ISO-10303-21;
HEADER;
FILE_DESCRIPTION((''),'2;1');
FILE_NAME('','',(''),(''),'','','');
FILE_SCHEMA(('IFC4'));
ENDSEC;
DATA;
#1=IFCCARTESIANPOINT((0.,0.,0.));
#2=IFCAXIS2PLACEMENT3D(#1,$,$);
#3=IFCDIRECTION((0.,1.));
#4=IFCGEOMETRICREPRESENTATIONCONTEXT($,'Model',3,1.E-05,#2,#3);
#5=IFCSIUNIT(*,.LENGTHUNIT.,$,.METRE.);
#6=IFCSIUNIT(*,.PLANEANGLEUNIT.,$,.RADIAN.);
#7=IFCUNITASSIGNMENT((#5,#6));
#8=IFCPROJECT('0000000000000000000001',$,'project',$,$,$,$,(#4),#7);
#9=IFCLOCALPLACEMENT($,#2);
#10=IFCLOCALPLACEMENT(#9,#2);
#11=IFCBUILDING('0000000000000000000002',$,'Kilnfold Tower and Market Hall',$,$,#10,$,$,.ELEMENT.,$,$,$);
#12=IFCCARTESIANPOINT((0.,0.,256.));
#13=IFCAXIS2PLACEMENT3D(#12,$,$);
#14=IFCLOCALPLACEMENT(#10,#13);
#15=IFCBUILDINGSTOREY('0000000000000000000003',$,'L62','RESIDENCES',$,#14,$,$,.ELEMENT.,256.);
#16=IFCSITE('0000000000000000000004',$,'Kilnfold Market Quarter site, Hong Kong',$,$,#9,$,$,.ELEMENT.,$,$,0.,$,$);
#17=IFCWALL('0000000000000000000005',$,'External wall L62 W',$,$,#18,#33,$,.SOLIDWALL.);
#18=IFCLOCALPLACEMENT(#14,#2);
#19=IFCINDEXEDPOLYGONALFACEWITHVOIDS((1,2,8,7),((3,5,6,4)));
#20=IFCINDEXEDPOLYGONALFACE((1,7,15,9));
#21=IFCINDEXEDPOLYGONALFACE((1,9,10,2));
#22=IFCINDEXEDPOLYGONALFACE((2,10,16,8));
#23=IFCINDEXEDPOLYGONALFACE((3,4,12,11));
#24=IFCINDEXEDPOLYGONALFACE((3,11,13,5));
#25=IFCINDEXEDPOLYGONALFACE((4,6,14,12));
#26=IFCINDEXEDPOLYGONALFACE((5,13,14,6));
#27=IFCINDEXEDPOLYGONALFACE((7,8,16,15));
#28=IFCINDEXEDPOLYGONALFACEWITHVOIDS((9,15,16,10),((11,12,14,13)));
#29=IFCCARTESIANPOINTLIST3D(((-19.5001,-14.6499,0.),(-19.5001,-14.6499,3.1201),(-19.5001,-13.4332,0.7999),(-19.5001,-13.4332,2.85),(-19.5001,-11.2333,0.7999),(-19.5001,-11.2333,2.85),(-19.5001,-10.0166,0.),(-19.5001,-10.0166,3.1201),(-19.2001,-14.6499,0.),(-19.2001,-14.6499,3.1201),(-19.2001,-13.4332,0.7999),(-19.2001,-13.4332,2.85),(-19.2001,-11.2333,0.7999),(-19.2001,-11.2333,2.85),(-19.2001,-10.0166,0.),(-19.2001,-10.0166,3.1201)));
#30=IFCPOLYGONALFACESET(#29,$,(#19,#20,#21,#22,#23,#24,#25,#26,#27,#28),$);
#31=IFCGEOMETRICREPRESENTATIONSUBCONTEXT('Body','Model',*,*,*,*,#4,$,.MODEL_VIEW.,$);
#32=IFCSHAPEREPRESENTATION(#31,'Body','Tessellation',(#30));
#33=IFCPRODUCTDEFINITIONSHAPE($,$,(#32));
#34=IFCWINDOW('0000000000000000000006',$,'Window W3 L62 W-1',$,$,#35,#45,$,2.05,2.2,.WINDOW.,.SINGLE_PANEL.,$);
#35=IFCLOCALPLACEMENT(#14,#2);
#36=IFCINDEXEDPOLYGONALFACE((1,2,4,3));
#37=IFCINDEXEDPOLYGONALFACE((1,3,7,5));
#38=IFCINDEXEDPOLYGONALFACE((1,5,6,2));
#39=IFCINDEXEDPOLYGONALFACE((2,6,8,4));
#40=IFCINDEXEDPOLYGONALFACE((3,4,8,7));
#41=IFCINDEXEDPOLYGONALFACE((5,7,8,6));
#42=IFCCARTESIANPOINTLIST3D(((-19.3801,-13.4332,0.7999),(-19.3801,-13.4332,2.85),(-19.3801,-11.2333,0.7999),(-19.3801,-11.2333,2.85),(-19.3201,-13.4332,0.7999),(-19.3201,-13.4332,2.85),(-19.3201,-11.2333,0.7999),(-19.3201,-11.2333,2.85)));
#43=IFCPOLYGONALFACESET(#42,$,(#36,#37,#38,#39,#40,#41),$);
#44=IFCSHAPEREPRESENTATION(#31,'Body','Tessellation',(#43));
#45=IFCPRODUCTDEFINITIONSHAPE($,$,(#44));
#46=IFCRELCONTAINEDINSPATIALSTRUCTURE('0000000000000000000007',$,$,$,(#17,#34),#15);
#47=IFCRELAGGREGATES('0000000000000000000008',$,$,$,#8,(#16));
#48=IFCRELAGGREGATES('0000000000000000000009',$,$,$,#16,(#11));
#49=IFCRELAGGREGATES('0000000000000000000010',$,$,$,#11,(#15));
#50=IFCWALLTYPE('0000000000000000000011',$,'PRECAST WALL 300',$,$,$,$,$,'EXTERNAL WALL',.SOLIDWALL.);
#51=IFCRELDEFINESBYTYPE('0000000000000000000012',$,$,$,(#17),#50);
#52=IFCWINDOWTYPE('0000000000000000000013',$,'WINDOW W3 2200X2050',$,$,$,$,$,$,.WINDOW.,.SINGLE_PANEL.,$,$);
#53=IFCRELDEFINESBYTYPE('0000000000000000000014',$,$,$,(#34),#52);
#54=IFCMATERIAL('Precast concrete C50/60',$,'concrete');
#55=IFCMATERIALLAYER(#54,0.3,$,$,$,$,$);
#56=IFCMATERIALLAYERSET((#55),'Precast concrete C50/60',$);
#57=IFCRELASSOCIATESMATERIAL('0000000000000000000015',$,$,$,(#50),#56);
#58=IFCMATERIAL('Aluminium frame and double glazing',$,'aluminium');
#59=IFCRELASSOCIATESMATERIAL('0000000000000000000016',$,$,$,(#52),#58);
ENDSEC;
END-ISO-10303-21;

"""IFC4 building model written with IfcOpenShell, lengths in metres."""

from ifc_helpers import new_model, si_unit, direction, frame, frame_2d, origin, place, context, subcontext, project, spatial, rectangle, extrude, source, transform, mapped, material, layer, layer_set, type_object, element, fill, save


model = new_model("IFC4")

# Units and contexts
model_context = context("Model", 3, precision=1e-05, world=origin(), true_north=direction((0.0, 1.0)))
body_context = subcontext(model_context, "Body", "Model", "MODEL_VIEW")
ifc_project = project(units=[si_unit("LENGTHUNIT", "METRE"), si_unit("PLANEANGLEUNIT", "RADIAN")], contexts=[model_context])

# Site, building, storey
site_placement = place(None, origin())
site = spatial("IfcSite", under=ifc_project, at=site_placement, Name="Kilnfold Market Quarter site, Hong Kong", CompositionType="ELEMENT", RefElevation=0.0)
building_placement = place(site_placement, origin())
building = spatial("IfcBuilding", under=site, at=building_placement, Name="Kilnfold Tower and Market Hall", CompositionType="ELEMENT")
storey_placement = place(building_placement, frame((0.0, 0.0, 256.0)))
storey = spatial("IfcBuildingStorey", under=building, at=storey_placement, Name="L62", Description="RESIDENCES", CompositionType="ELEMENT", Elevation=256.0)

# Shared definitions
ifc_material_1 = material(Name="Precast concrete C50/60", Category="concrete")
ifc_layer_1 = layer(ifc_material_1, 0.3)
ifc_layer_set_1 = layer_set([ifc_layer_1], Name="Precast concrete C50/60")
wall_type_1 = type_object("IfcWallType", Name="PRECAST WALL 300", ElementType="EXTERNAL WALL", PredefinedType="SOLIDWALL", material=ifc_layer_set_1)
ifc_material_2 = material(Name="Aluminium frame and double glazing", Category="aluminium")
window_type = type_object("IfcWindowType", Name="WINDOW W3 2200X2050", PartitioningType="SINGLE_PANEL", PredefinedType="WINDOW", material=ifc_material_2)

# Wall, opening, window
shared_shape_1 = source(origin(), body_context, "Body", "SweptSolid", [
    extrude(rectangle(XDim=4.6333, YDim=0.3, at=frame_2d((2.3167, 0.0))), origin(), (0.0, 0.0, 1.0), 3.1201),
])
wall_1_placement = place(storey_placement, frame((-19.3501, -10.0166, 0.0), z_axis=(0.0, 0.0, 1.0), x_axis=(0.0, -1.0, 0.0)))
wall_1 = element("IfcWall", 1, at=wall_1_placement, inside=storey, type_object=wall_type_1, Name="External wall L62 W", PredefinedType="SOLIDWALL", context=body_context, shape_type="MappedRepresentation", body=[
    mapped(shared_shape_1, transform((0.0, 0.0, 0.0))),
])
opening_1_placement = place(wall_1_placement, frame((1.2166, 0.0, 0.8)))
opening_1 = element("IfcOpeningElement", 2, at=opening_1_placement, cuts=wall_1, PredefinedType="OPENING", context=body_context, shape_type="SweptSolid", body=[
    extrude(rectangle(XDim=2.2, YDim=2.05, at=frame_2d((1.1001, 1.0249))), frame((0.0, 0.1602, 0.0), z_axis=(0.0, -1.0, 0.0), x_axis=(1.0, 0.0, 0.0)), (0.0, 0.0, 1.0), 0.3201),
])
window_1_placement = place(opening_1_placement, origin())
window_1 = element("IfcWindow", 3, at=window_1_placement, inside=storey, type_object=window_type, Name="Window W3 L62 W-1", OverallHeight=2.05, OverallWidth=2.2, PartitioningType="SINGLE_PANEL", PredefinedType="WINDOW", context=body_context, shape_type="SweptSolid", body=[
    extrude(rectangle(XDim=2.2, YDim=2.05, at=frame_2d((1.1001, 1.0249))), frame((0.0, 0.03, 0.0), z_axis=(0.0, -1.0, 0.0), x_axis=(1.0, 0.0, 0.0)), (0.0, 0.0, 1.0), 0.0601),
])
fill(opening_1, window_1)

save(model, "model.ifc")
